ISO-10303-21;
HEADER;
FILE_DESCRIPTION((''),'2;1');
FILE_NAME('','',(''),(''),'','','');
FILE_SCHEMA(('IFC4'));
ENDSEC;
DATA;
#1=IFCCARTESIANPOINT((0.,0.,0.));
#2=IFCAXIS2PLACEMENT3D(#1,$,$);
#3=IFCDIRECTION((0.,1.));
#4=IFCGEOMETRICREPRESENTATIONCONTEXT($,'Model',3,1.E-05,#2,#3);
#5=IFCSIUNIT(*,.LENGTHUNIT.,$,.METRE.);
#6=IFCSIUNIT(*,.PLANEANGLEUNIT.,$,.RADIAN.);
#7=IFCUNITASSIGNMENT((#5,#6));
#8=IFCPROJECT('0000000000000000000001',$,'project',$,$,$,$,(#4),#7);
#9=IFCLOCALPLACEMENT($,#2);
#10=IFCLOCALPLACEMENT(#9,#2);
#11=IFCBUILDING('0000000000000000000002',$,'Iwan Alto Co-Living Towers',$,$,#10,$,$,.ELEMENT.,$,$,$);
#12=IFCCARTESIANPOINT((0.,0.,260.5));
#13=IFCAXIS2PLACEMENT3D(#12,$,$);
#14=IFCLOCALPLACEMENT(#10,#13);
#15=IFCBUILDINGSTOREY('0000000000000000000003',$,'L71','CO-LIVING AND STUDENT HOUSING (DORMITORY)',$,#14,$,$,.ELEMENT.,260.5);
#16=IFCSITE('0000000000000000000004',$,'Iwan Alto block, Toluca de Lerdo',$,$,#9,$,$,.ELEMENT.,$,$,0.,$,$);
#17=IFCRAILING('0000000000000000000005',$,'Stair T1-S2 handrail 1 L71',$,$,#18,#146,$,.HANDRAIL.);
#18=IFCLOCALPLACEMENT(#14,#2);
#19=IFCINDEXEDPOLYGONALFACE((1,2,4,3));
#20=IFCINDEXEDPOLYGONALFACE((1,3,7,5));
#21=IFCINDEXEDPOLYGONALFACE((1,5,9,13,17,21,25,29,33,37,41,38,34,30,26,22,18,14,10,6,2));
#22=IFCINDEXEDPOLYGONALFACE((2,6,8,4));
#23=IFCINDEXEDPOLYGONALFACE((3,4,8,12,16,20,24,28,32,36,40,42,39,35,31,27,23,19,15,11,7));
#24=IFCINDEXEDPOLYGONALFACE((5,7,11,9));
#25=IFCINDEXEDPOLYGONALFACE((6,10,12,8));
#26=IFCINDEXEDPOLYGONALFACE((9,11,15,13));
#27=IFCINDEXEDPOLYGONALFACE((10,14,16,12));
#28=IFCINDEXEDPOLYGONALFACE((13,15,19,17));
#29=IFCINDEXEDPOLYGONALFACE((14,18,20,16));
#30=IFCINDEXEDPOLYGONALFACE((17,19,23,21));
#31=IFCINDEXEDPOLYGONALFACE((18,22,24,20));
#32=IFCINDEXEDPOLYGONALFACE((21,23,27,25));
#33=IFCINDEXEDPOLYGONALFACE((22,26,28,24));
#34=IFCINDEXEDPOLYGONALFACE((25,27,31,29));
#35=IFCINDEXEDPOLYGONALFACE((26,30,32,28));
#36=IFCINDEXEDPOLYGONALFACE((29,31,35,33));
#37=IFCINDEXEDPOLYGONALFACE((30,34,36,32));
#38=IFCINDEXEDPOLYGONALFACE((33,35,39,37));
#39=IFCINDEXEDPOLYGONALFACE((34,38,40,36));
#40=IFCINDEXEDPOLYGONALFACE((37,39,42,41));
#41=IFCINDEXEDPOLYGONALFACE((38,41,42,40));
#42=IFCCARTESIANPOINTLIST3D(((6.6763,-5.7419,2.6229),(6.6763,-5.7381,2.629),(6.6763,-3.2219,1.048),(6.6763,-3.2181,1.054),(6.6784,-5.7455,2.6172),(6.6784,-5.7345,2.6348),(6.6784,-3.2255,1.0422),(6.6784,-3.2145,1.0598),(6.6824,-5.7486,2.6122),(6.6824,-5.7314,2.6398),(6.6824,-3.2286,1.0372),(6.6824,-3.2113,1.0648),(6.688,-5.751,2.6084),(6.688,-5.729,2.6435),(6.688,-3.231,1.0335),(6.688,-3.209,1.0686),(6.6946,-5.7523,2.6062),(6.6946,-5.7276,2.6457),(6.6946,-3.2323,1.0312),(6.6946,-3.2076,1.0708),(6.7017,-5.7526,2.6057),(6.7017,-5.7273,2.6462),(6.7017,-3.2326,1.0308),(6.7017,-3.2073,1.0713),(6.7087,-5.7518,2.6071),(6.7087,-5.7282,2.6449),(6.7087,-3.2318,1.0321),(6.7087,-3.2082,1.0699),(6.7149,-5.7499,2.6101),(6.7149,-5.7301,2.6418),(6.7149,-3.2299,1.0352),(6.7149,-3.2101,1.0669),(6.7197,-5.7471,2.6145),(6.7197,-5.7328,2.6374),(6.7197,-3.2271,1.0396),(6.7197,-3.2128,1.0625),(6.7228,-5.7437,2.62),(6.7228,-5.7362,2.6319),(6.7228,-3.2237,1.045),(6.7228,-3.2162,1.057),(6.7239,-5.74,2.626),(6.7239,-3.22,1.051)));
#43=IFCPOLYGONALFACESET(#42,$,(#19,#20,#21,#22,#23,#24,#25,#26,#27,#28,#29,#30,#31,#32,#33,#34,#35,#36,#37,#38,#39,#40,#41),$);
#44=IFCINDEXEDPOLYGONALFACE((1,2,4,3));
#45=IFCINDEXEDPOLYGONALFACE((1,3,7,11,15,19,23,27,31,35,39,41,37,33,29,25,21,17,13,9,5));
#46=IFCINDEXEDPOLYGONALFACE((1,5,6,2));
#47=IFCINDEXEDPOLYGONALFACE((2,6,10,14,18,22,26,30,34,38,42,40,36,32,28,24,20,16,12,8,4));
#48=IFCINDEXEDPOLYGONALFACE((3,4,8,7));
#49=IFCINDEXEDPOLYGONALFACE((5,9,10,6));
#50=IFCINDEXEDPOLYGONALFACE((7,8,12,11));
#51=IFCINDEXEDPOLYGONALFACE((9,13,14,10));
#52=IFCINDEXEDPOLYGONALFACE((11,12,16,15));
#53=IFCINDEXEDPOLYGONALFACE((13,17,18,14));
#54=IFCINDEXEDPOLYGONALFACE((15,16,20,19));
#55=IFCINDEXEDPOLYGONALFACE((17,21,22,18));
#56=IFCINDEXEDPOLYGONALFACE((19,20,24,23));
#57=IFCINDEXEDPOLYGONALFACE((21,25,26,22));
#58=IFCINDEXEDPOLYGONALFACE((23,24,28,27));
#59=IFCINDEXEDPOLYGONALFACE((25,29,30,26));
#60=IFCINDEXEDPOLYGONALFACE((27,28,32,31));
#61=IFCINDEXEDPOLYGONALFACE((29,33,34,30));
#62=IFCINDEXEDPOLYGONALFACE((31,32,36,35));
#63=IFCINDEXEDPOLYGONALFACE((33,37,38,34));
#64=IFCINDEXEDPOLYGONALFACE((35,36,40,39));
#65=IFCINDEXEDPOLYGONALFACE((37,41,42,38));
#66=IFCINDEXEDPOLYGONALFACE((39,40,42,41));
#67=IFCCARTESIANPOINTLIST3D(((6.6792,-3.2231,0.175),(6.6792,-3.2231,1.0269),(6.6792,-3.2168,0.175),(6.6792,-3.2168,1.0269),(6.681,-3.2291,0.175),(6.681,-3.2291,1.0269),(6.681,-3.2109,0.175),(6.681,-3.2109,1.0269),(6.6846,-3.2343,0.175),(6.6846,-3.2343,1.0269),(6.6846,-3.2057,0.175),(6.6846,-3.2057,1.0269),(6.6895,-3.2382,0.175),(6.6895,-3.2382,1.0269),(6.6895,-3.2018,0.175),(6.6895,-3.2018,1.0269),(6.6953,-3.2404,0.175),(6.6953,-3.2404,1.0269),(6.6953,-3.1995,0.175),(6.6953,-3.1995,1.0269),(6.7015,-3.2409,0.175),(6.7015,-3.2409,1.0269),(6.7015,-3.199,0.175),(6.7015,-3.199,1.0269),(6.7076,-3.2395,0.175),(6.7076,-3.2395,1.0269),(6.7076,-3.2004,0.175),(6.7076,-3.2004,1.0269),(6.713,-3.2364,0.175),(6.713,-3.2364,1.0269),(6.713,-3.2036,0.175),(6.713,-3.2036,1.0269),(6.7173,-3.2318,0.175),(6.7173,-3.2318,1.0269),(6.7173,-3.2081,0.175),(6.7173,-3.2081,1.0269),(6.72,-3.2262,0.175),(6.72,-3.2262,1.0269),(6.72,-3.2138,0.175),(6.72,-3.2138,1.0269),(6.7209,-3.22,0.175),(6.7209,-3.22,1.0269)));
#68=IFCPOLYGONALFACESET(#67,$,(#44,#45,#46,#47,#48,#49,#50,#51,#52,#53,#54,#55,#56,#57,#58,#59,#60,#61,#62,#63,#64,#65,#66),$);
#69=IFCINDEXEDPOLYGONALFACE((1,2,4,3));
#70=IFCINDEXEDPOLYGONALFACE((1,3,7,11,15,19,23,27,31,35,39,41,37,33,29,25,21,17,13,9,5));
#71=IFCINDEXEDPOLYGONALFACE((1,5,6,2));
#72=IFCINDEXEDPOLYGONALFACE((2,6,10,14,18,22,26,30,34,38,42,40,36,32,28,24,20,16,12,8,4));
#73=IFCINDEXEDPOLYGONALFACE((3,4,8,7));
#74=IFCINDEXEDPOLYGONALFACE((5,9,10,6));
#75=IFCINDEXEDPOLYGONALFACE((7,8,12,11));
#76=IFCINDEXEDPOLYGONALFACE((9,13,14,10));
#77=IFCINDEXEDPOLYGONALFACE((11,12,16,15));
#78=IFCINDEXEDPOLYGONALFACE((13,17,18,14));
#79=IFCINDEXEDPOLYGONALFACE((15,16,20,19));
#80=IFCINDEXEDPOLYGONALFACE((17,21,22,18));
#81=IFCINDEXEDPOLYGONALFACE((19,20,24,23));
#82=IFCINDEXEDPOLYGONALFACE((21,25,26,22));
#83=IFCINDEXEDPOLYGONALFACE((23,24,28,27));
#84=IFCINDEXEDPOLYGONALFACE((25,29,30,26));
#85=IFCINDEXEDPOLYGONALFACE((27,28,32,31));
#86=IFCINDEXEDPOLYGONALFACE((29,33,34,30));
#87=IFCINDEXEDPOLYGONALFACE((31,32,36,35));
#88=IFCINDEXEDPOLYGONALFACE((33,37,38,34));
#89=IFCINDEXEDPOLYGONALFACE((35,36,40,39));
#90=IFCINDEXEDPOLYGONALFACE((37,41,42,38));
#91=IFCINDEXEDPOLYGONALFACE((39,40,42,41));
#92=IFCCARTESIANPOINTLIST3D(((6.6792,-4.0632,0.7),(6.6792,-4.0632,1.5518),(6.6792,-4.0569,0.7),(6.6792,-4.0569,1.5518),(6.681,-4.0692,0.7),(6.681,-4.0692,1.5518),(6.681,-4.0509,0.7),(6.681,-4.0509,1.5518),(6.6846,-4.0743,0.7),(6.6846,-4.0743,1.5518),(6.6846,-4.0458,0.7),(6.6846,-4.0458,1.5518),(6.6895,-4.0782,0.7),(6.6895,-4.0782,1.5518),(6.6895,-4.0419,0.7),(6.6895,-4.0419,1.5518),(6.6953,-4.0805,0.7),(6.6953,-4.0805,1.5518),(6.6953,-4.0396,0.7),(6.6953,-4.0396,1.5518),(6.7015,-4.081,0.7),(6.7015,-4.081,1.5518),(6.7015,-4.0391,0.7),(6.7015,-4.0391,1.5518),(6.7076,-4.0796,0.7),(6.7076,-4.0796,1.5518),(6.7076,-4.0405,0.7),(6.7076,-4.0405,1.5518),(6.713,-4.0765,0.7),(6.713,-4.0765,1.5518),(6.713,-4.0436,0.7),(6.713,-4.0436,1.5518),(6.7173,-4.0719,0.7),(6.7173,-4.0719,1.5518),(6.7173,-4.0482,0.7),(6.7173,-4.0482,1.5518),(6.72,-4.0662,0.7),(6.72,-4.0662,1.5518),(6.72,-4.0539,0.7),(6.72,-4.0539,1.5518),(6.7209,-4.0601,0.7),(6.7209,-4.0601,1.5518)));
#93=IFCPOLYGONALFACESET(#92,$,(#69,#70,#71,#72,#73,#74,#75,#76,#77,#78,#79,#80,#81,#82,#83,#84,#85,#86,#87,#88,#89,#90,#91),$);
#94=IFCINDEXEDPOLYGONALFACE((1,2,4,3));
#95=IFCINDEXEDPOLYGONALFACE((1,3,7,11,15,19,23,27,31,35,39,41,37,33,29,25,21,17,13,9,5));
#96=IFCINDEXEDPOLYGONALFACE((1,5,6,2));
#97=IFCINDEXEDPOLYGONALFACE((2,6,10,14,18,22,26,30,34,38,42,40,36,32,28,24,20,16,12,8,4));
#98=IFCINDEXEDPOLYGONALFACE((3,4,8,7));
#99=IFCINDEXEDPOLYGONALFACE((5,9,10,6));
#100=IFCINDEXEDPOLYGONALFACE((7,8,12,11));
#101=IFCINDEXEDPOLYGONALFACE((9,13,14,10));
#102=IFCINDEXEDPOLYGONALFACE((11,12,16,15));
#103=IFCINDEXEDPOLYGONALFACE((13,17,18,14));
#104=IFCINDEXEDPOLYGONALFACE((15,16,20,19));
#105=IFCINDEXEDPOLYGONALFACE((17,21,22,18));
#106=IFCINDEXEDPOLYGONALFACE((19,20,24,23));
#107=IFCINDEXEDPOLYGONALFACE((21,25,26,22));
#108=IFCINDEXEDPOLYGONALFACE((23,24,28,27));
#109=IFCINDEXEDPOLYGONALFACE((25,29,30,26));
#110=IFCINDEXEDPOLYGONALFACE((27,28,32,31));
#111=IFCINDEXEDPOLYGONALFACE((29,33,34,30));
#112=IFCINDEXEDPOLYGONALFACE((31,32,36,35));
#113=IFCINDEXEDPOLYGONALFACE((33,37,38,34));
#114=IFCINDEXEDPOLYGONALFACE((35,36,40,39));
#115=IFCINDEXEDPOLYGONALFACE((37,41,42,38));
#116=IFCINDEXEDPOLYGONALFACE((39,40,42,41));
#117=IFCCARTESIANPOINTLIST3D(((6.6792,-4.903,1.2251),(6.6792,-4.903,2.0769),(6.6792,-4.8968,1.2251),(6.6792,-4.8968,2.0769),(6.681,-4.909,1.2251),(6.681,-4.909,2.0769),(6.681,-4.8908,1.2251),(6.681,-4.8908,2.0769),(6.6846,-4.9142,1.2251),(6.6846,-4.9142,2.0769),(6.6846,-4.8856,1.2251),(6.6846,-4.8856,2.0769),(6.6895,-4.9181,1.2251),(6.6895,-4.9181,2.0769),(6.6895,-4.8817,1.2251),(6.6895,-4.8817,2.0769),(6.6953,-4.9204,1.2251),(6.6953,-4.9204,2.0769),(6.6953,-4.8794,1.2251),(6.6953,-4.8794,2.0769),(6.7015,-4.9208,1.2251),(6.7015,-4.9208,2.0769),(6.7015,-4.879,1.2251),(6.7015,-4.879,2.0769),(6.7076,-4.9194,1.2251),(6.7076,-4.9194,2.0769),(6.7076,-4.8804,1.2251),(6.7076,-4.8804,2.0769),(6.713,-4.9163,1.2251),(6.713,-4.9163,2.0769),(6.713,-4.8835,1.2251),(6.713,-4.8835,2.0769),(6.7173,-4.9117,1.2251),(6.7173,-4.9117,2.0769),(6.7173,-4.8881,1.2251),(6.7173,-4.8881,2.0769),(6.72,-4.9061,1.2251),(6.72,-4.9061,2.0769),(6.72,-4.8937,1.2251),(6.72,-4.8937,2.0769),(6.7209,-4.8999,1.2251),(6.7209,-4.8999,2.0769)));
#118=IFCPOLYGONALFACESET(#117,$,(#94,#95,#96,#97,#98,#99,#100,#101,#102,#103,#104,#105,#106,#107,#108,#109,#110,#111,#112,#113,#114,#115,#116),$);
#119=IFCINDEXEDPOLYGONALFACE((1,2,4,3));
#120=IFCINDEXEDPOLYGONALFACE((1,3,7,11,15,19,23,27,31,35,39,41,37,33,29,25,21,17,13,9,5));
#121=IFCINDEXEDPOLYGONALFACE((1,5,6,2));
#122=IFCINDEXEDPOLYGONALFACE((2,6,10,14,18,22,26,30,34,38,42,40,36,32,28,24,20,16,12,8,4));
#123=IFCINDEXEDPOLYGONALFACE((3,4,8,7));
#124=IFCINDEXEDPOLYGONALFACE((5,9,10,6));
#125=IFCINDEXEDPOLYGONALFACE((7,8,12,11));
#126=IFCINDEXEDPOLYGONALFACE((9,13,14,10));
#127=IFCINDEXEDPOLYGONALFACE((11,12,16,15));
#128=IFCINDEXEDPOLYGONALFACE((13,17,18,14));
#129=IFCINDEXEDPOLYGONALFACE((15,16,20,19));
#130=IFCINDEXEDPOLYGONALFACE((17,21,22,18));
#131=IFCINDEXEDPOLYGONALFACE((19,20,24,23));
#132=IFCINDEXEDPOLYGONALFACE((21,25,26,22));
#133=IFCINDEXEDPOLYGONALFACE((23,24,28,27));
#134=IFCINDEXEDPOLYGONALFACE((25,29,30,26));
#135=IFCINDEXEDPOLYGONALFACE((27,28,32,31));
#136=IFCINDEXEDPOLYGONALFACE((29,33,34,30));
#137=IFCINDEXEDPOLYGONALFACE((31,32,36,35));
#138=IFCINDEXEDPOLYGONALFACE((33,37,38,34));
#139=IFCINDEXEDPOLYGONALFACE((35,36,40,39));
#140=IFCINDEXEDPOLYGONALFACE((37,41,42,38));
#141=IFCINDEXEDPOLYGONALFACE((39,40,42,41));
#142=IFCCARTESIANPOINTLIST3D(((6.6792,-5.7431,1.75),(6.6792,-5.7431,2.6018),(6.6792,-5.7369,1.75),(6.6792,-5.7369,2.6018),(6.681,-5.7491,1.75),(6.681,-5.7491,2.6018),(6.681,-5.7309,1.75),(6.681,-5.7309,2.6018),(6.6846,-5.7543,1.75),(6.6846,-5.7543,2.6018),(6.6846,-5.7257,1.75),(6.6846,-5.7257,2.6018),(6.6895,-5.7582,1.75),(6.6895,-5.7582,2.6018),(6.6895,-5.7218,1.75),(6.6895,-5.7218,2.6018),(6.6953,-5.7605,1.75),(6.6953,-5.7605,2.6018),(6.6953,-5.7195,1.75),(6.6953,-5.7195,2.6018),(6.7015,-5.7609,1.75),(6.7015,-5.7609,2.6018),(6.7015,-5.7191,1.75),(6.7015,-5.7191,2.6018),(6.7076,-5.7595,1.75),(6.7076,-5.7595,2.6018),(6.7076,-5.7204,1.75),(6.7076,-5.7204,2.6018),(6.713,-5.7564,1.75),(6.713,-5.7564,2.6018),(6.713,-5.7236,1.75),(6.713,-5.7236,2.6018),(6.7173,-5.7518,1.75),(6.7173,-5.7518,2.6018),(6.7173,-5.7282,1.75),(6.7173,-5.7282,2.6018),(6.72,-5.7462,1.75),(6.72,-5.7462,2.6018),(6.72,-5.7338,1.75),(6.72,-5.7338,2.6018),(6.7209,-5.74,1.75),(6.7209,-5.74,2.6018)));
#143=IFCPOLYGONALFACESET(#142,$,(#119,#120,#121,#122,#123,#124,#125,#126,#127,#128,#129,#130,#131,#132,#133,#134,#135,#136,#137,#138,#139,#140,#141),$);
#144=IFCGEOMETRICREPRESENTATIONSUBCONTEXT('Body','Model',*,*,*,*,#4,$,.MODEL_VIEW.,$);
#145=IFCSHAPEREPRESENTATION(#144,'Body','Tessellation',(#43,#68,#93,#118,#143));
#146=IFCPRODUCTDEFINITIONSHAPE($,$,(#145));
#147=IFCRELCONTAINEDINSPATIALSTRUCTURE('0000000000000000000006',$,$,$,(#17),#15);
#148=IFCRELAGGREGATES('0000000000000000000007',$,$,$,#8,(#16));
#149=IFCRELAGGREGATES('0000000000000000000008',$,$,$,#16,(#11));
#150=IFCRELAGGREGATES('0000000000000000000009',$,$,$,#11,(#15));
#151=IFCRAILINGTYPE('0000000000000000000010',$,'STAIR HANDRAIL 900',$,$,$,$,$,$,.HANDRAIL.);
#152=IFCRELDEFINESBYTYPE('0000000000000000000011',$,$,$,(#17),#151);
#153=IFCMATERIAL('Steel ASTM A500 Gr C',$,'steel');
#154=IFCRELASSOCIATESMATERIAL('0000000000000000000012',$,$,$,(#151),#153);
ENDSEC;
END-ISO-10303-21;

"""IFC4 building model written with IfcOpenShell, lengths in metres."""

from ifc_helpers import new_model, si_unit, direction, frame, origin, origin_2d, place, context, subcontext, project, spatial, circle, extrude, material, type_object, element, save


model = new_model("IFC4")

# Units and contexts
model_context = context("Model", 3, precision=1e-05, world=origin(), true_north=direction((0.0, 1.0)))
body_context = subcontext(model_context, "Body", "Model", "MODEL_VIEW")
ifc_project = project(units=[si_unit("LENGTHUNIT", "METRE"), si_unit("PLANEANGLEUNIT", "RADIAN")], contexts=[model_context])

# Site, building, storey
site_placement = place(None, origin())
site = spatial("IfcSite", under=ifc_project, at=site_placement, Name="Iwan Alto block, Toluca de Lerdo", CompositionType="ELEMENT", RefElevation=0.0)
building_placement = place(site_placement, origin())
building = spatial("IfcBuilding", under=site, at=building_placement, Name="Iwan Alto Co-Living Towers", CompositionType="ELEMENT")
storey_placement = place(building_placement, frame((0.0, 0.0, 260.5)))
storey = spatial("IfcBuildingStorey", under=building, at=storey_placement, Name="L71", Description="CO-LIVING AND STUDENT HOUSING (DORMITORY)", CompositionType="ELEMENT", Elevation=260.5)

# Railing
ifc_material_1 = material(Name="Steel ASTM A500 Gr C", Category="steel")
railing_type_1 = type_object("IfcRailingType", Name="STAIR HANDRAIL 900", PredefinedType="HANDRAIL", material=ifc_material_1)
railing_1_placement = place(storey_placement, frame((6.7, -3.22, 0.175)))
element("IfcRailing", 1, at=railing_1_placement, inside=storey, type_object=railing_type_1, Name="Stair T1-S2 handrail 1 L71", PredefinedType="HANDRAIL", context=body_context, shape_type="SweptSolid", body=[
    extrude(circle(Radius=0.0239, at=origin_2d()), frame((0.0, 0.0, 0.876), z_axis=(0.0, -0.848008, 0.529984), x_axis=(1.0, 0.0, 0.0)), (0.0, 0.0, 1.0), 2.9717),
    extrude(circle(Radius=0.021, at=origin_2d()), origin(), (0.0, 0.0, 1.0), 0.8518),
    extrude(circle(Radius=0.021, at=origin_2d()), frame((0.0, -0.8401, 0.5249)), (0.0, 0.0, 1.0), 0.8518),
    extrude(circle(Radius=0.021, at=origin_2d()), frame((0.0, -1.6799, 1.05)), (0.0, 0.0, 1.0), 0.8518),
    extrude(circle(Radius=0.021, at=origin_2d()), frame((0.0, -2.52, 1.575)), (0.0, 0.0, 1.0), 0.8518),
])

save(model, "model.ifc")
